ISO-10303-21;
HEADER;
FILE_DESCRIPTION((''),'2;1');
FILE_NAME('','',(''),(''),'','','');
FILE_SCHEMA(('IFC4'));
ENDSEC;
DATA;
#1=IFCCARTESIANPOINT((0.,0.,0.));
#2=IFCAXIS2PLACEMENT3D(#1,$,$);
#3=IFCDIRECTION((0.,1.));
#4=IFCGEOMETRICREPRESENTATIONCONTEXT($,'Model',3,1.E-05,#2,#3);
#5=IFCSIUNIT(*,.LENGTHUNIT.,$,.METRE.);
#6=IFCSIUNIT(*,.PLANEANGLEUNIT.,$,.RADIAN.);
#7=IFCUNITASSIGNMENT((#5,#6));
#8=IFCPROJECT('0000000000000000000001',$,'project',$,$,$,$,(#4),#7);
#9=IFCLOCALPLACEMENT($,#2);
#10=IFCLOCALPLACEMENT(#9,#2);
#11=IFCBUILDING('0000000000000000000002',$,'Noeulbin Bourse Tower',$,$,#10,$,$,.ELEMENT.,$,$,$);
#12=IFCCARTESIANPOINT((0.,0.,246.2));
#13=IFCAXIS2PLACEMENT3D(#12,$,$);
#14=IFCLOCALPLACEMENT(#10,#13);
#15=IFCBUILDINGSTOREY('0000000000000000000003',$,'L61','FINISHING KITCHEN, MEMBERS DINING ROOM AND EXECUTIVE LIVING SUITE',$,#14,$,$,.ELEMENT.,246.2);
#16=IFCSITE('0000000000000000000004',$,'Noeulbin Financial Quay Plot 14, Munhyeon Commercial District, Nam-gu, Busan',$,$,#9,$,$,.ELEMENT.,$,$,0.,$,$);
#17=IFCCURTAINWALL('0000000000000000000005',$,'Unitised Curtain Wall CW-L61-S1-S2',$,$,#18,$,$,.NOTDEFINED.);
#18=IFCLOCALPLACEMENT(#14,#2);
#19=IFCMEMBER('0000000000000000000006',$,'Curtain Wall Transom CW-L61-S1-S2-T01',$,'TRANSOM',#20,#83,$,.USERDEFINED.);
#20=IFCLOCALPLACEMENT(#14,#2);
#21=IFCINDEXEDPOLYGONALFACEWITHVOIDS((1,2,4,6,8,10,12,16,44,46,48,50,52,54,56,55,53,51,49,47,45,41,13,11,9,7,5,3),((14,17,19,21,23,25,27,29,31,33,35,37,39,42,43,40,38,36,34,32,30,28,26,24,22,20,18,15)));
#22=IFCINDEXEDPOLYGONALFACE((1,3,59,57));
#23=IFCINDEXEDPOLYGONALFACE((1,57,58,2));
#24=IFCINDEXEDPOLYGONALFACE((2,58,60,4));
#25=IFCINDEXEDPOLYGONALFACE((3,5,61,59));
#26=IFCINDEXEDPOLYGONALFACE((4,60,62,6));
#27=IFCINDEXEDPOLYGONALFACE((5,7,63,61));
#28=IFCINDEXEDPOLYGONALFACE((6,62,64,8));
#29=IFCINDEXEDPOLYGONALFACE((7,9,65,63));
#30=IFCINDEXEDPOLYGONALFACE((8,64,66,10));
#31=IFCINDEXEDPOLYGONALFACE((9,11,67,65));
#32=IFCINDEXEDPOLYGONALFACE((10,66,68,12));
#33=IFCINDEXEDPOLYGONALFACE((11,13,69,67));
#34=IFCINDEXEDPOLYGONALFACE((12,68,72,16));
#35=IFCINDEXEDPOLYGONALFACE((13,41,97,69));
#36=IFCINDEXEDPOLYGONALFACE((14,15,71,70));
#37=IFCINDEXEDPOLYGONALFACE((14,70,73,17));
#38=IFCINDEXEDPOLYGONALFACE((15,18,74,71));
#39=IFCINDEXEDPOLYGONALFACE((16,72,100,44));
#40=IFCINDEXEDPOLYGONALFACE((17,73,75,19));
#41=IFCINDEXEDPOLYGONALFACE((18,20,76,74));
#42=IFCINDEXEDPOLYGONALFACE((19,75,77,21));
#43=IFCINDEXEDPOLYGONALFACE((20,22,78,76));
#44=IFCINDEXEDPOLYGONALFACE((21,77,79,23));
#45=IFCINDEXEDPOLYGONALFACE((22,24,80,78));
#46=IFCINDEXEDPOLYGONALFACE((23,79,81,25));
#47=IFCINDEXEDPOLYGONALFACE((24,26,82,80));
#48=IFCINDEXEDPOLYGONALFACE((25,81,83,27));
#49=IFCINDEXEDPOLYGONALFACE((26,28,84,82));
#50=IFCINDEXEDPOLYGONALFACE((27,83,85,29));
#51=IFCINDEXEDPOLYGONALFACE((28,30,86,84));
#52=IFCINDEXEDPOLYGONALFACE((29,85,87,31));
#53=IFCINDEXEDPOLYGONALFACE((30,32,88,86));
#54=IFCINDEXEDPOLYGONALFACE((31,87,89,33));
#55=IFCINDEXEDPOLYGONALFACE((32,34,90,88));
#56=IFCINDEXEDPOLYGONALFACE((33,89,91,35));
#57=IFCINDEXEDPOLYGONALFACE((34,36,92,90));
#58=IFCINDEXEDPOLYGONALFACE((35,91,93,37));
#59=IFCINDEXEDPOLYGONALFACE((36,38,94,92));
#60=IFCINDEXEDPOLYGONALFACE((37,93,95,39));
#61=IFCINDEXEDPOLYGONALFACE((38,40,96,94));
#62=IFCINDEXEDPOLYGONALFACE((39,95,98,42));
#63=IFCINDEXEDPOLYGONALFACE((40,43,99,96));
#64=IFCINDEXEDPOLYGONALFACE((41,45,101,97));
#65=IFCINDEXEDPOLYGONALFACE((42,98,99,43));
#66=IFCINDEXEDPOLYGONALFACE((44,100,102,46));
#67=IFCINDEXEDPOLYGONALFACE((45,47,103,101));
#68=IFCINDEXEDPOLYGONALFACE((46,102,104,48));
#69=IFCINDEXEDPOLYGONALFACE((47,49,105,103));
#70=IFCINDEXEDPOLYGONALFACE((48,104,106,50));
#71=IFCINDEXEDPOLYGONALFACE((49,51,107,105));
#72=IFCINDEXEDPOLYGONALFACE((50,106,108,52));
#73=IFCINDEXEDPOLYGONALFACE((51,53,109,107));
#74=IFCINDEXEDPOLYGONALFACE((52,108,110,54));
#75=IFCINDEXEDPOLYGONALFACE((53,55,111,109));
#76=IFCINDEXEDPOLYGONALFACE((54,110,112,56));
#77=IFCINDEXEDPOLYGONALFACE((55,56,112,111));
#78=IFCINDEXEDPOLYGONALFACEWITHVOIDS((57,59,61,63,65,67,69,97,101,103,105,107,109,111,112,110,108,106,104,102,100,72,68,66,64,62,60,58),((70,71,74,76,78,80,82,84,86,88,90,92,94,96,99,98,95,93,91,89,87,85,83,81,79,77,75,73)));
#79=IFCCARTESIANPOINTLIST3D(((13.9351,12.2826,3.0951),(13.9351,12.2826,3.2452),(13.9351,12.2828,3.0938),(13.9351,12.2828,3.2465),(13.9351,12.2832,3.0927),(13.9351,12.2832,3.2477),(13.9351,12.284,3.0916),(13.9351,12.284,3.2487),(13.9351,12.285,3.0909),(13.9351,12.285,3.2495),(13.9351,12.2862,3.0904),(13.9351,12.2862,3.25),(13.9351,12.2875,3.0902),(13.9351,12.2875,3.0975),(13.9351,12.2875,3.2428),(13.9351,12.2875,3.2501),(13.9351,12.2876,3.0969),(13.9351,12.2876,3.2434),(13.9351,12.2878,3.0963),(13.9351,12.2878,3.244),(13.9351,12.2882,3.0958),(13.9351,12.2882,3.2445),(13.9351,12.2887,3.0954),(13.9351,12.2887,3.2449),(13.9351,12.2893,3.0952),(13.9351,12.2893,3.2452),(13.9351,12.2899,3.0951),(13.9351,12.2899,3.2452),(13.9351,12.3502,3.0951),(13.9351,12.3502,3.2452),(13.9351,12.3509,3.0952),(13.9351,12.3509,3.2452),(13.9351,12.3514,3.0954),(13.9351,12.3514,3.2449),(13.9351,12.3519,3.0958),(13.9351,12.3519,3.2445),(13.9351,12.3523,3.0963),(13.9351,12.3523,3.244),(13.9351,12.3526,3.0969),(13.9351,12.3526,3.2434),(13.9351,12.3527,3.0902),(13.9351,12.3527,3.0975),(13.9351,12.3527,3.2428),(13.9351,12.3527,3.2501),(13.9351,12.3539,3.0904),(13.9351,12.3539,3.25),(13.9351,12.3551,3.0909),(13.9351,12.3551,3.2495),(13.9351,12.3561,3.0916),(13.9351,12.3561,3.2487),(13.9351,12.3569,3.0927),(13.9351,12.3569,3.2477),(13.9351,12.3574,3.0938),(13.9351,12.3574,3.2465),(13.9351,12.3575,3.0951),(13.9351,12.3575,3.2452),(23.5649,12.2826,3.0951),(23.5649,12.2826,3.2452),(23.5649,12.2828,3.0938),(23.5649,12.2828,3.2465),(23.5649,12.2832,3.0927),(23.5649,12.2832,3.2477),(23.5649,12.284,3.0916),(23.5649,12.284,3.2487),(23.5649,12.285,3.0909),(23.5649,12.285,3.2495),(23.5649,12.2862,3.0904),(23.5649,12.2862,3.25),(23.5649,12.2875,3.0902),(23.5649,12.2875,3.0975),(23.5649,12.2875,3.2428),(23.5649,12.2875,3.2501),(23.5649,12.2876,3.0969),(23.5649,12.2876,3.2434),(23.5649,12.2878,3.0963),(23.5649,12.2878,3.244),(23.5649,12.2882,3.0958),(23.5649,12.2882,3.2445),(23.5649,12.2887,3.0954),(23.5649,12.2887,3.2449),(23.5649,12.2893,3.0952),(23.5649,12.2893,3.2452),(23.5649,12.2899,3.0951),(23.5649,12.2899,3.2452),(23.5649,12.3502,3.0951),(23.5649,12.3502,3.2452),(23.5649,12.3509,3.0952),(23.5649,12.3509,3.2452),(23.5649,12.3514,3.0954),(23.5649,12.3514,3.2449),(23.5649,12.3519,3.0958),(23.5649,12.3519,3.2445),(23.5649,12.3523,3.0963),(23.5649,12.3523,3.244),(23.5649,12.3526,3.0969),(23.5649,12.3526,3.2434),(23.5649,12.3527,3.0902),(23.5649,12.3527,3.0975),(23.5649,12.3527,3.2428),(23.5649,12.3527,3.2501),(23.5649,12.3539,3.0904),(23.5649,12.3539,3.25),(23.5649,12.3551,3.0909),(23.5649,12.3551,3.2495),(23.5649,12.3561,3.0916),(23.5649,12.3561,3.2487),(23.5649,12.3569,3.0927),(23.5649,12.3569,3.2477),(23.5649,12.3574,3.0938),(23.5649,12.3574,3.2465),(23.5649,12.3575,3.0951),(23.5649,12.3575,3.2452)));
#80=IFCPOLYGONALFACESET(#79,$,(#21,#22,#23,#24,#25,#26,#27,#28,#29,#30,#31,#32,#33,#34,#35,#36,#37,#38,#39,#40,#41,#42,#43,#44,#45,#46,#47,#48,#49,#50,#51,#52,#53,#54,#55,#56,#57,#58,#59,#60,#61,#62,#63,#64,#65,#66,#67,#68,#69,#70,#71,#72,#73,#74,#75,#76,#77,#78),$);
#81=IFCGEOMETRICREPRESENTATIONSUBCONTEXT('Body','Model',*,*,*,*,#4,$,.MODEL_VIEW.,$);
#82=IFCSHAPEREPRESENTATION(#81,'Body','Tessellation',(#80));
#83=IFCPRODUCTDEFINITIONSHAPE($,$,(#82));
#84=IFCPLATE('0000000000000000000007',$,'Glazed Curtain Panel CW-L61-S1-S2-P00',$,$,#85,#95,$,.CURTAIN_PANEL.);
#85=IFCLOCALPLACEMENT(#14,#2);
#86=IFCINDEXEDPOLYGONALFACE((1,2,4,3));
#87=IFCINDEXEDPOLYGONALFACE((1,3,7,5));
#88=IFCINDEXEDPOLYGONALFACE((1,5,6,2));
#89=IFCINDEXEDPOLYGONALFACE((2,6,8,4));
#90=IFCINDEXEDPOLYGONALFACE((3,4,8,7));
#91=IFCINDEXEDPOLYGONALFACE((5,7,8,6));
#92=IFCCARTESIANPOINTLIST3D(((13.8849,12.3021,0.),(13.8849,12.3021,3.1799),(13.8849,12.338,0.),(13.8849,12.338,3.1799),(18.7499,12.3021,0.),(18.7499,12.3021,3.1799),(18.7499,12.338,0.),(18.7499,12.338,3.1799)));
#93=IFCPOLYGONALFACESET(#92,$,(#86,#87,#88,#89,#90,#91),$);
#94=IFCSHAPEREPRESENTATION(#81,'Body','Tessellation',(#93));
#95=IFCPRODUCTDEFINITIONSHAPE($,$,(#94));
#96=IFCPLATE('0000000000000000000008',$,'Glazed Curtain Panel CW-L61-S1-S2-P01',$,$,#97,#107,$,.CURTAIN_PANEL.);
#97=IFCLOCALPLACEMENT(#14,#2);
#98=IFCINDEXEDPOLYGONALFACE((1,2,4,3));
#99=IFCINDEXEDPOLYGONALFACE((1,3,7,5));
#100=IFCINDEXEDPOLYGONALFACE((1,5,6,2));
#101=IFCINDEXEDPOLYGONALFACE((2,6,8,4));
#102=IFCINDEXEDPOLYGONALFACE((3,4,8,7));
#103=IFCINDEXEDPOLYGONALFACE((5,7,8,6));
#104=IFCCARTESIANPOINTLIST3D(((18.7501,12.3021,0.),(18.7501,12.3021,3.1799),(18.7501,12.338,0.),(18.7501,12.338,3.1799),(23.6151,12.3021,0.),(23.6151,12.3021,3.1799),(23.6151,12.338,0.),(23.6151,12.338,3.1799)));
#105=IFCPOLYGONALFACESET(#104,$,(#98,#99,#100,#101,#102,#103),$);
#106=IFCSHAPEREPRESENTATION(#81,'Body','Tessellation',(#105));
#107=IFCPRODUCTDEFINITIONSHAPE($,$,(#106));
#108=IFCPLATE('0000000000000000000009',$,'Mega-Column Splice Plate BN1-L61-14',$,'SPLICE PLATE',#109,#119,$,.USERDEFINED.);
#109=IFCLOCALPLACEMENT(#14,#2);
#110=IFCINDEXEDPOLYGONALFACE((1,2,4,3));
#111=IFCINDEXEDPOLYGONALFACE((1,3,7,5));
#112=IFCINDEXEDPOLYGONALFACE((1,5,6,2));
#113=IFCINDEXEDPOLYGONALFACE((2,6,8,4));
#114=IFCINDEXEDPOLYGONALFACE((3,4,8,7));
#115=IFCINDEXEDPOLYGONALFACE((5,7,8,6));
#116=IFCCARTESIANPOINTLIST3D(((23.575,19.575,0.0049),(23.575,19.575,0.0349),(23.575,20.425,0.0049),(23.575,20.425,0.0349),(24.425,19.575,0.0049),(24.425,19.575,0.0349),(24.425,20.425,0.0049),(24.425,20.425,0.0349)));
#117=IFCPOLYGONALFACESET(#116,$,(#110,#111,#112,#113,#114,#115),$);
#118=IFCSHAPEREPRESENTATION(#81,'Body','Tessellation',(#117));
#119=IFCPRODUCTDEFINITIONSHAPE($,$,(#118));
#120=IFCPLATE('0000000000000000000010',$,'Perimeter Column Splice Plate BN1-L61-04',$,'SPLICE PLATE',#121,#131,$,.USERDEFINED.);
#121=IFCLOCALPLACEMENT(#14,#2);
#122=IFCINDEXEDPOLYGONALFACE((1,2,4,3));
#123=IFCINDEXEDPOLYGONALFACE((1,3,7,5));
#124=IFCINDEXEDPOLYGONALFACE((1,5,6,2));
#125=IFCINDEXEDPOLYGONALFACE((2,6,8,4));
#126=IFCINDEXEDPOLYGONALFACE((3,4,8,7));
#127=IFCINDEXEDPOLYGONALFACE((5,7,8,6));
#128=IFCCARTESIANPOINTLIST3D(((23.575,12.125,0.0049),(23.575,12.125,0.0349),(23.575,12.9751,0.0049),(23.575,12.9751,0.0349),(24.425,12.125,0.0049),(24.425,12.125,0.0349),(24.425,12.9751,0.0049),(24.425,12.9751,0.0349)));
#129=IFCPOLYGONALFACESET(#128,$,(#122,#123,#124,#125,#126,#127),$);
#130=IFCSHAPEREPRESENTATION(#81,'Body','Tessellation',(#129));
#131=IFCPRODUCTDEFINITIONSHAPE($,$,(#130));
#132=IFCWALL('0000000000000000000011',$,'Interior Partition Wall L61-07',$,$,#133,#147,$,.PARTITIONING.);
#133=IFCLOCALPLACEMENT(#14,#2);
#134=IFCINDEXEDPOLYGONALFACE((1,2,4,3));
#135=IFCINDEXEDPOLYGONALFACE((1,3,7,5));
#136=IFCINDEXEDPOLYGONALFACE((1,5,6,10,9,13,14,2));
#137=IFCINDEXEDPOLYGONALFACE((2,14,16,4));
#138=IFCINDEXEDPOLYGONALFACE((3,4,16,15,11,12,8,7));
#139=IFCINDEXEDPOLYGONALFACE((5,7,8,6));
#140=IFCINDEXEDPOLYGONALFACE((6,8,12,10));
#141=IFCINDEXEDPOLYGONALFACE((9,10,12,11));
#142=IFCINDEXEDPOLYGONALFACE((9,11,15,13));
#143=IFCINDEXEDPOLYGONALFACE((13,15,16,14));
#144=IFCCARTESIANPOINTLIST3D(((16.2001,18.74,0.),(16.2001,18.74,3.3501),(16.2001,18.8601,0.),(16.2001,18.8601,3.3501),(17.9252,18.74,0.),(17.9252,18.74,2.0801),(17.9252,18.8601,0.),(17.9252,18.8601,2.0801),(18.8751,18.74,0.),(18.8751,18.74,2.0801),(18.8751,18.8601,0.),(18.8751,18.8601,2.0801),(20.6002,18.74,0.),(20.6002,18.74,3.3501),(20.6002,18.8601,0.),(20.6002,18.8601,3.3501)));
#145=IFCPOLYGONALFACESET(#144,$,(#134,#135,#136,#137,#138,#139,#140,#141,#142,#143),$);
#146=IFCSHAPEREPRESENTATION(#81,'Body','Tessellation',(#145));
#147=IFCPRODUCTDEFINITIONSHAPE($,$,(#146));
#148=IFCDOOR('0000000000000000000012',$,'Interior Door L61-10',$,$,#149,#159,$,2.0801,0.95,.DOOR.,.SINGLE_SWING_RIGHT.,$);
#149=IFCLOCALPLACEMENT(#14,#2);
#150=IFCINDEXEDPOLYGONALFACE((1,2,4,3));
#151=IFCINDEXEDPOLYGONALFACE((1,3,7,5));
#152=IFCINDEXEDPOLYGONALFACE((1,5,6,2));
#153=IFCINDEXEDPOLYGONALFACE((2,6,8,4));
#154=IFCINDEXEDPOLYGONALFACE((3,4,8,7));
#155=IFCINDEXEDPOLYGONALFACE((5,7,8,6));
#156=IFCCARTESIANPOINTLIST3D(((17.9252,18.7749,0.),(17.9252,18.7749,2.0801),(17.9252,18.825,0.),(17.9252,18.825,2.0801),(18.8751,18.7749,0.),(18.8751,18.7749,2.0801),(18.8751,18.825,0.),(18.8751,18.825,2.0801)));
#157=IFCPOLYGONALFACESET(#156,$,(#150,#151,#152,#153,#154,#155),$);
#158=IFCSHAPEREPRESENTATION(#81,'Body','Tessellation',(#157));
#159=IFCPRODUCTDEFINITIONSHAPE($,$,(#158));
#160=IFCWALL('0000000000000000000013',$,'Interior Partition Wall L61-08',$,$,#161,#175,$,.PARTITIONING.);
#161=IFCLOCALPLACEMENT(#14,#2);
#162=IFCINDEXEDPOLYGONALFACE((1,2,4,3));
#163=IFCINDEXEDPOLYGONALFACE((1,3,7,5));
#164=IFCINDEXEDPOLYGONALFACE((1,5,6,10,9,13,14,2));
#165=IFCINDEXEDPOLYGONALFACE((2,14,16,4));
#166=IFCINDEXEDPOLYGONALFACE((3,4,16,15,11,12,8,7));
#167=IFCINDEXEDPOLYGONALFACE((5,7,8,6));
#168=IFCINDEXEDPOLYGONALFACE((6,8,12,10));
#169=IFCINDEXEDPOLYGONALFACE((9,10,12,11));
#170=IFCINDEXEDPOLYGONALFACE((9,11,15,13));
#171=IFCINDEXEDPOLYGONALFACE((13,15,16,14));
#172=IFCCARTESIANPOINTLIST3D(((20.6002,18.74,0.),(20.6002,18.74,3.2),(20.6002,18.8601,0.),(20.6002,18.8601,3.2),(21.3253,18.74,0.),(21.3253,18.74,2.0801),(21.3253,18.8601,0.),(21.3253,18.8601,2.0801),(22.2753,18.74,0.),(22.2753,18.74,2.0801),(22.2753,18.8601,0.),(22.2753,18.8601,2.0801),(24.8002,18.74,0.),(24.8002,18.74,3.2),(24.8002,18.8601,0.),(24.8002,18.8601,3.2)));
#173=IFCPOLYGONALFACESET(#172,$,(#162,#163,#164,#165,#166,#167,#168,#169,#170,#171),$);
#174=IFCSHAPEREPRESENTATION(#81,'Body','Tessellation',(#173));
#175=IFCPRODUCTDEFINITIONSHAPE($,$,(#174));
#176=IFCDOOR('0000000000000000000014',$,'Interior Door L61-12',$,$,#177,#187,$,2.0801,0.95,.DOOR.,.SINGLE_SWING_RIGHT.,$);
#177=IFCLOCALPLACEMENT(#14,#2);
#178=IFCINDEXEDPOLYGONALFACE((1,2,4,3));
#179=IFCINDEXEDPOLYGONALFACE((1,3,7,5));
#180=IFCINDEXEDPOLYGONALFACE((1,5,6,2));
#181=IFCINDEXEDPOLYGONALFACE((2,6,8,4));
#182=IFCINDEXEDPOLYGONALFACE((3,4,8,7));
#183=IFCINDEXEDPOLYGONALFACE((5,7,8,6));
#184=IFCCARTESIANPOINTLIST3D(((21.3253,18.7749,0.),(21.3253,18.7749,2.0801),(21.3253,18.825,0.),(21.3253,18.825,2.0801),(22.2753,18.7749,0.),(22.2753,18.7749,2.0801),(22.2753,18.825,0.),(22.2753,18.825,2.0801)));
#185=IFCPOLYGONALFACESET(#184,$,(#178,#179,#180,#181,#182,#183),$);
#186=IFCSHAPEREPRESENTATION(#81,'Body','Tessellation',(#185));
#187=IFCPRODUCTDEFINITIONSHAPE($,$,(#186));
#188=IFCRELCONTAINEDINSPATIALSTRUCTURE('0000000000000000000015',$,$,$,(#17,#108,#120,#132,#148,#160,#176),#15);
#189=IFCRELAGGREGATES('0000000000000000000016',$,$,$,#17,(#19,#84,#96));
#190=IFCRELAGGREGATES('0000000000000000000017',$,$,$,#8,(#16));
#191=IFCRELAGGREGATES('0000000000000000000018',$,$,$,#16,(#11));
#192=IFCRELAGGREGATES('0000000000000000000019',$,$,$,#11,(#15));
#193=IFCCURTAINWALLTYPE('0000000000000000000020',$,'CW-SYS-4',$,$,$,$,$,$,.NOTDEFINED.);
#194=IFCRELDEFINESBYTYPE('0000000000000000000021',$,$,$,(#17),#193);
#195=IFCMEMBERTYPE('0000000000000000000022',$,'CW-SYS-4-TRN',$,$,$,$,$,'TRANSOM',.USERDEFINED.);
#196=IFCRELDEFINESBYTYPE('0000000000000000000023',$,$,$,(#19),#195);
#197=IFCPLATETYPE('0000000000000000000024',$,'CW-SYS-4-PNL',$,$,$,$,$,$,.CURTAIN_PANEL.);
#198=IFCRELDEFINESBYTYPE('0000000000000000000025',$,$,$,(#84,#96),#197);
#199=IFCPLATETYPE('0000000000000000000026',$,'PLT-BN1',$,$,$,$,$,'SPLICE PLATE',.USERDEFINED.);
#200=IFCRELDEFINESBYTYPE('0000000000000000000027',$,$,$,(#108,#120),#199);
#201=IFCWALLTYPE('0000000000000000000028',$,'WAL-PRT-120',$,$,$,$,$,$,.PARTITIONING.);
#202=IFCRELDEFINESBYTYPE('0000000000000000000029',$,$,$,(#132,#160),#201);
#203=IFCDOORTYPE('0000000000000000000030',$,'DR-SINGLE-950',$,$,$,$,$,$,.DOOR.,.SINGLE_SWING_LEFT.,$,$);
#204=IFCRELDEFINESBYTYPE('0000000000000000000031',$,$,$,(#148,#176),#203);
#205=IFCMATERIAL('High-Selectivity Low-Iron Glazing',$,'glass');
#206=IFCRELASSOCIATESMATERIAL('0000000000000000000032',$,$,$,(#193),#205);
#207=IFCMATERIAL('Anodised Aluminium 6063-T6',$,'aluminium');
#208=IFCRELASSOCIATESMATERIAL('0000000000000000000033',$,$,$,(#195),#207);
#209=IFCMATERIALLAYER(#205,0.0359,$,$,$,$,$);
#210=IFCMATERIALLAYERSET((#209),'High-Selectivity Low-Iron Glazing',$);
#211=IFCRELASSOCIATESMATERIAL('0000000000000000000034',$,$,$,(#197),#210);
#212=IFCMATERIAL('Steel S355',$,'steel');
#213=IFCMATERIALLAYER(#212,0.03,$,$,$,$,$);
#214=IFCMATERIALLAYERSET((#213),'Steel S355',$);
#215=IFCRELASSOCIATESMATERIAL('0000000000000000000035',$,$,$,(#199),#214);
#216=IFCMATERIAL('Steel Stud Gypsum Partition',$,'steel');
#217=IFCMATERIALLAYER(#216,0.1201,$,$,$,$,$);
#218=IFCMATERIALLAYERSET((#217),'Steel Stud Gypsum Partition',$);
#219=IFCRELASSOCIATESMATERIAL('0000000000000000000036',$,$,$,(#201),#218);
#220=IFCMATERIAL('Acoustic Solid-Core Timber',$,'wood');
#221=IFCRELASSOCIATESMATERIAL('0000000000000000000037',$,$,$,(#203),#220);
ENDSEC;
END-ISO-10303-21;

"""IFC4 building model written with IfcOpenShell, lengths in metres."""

from ifc_helpers import new_model, si_unit, direction, frame, frame_2d, origin, origin_2d, place, context, subcontext, project, spatial, rectangle, hollow_rectangle, extrude, material, layer, layer_set, material_profile, profile_set, type_object, element, fill, aggregate, save


model = new_model("IFC4")

# Units and contexts
model_context = context("Model", 3, precision=1e-05, world=origin(), true_north=direction((0.0, 1.0)))
body_context = subcontext(model_context, "Body", "Model", "MODEL_VIEW")
ifc_project = project(units=[si_unit("LENGTHUNIT", "METRE"), si_unit("PLANEANGLEUNIT", "RADIAN")], contexts=[model_context])

# Site, building, storey
site_placement = place(None, origin())
site = spatial("IfcSite", under=ifc_project, at=site_placement, Name="Noeulbin Financial Quay Plot 14, Munhyeon Commercial District, Nam-gu, Busan", CompositionType="ELEMENT", RefElevation=0.0)
building_placement = place(site_placement, origin())
building = spatial("IfcBuilding", under=site, at=building_placement, Name="Noeulbin Bourse Tower", CompositionType="ELEMENT")
storey_placement = place(building_placement, frame((0.0, 0.0, 246.2)))
storey = spatial("IfcBuildingStorey", under=building, at=storey_placement, Name="L61", Description="FINISHING KITCHEN, MEMBERS DINING ROOM AND EXECUTIVE LIVING SUITE", CompositionType="ELEMENT", Elevation=246.2)

# Shared definitions
ifc_material_1 = material(Name="Steel S355", Category="steel")

# Curtain wall
ifc_material_2 = material(Name="High-Selectivity Low-Iron Glazing", Category="glass")
curtain_wall_type = type_object("IfcCurtainWallType", Name="CW-SYS-4", PredefinedType="NOTDEFINED", material=ifc_material_2)
curtain_wall_1_placement = place(storey_placement, origin())
curtain_wall_1 = element("IfcCurtainWall", 1, at=curtain_wall_1_placement, inside=storey, type_object=curtain_wall_type, Name="Unitised Curtain Wall CW-L61-S1-S2", PredefinedType="NOTDEFINED")
ifc_material_3 = material(Name="Anodised Aluminium 6063-T6", Category="aluminium")

# Member
ifc_material_profile_1 = material_profile(ifc_material_3, hollow_rectangle(XDim=0.075, YDim=0.1599, WallThickness=0.0049, InnerFilletRadius=0.0024, OuterFilletRadius=0.0049, at=origin_2d()), Name="ALU-TRAN-75x160x5", Category="LoadBearing")
ifc_profile_set_1 = profile_set([ifc_material_profile_1], Name="Anodised Aluminium 6063-T6")
member_type_1 = type_object("IfcMemberType", Name="CW-SYS-4-TRN", ElementType="TRANSOM", PredefinedType="USERDEFINED", material=ifc_profile_set_1)
member_1_placement = place(storey_placement, frame((13.9351, 12.3201, 3.1702), z_axis=(1.0, 0.0, 0.0), x_axis=(0.0, 1.0, 0.0)))
member_1 = element("IfcMember", 2, at=member_1_placement, type_object=member_type_1, Name="Curtain Wall Transom CW-L61-S1-S2-T01", ObjectType="TRANSOM", PredefinedType="USERDEFINED", context=body_context, shape_type="SweptSolid", body=[
    extrude(hollow_rectangle(XDim=0.075, YDim=0.1599, WallThickness=0.0049, InnerFilletRadius=0.0024, OuterFilletRadius=0.0049, at=origin_2d()), origin(), (0.0, 0.0, 1.0), 9.6299),
])

# Plates
ifc_layer_1 = layer(ifc_material_2, 0.0359)
ifc_layer_set_1 = layer_set([ifc_layer_1], Name="High-Selectivity Low-Iron Glazing")
plate_type_1 = type_object("IfcPlateType", Name="CW-SYS-4-PNL", PredefinedType="CURTAIN_PANEL", material=ifc_layer_set_1)
plate_1_placement = place(storey_placement, frame((16.3174, 12.3201, 0.0), z_axis=(0.0, 0.0, 1.0), x_axis=(1.0, 0.0, 0.0)))
plate_1 = element("IfcPlate", 3, at=plate_1_placement, type_object=plate_type_1, Name="Glazed Curtain Panel CW-L61-S1-S2-P00", PredefinedType="CURTAIN_PANEL", context=body_context, shape_type="SweptSolid", body=[
    extrude(rectangle(XDim=4.865, YDim=0.0359, at=origin_2d()), origin(), (0.0, 0.0, 1.0), 3.1799),
])
plate_2_placement = place(storey_placement, frame((21.1826, 12.3201, 0.0), z_axis=(0.0, 0.0, 1.0), x_axis=(1.0, 0.0, 0.0)))
plate_2 = element("IfcPlate", 4, at=plate_2_placement, type_object=plate_type_1, Name="Glazed Curtain Panel CW-L61-S1-S2-P01", PredefinedType="CURTAIN_PANEL", context=body_context, shape_type="SweptSolid", body=[
    extrude(rectangle(XDim=4.865, YDim=0.0359, at=origin_2d()), origin(), (0.0, 0.0, 1.0), 3.1799),
])
aggregate(curtain_wall_1, [member_1, plate_1, plate_2])

# Plates
ifc_layer_2 = layer(ifc_material_1, 0.03)
ifc_layer_set_2 = layer_set([ifc_layer_2], Name="Steel S355")
plate_type_2 = type_object("IfcPlateType", Name="PLT-BN1", ElementType="SPLICE PLATE", PredefinedType="USERDEFINED", material=ifc_layer_set_2)
for number, where, z_axis, x_axis, name in (
    (5, (24.0, 20.0, 0.0049), (0.0, 0.0, 1.0), (1.0, 0.0, 0.0), "Mega-Column Splice Plate BN1-L61-14"),
    (6, (24.0, 12.55, 0.0049), (0.0, 0.0, 1.0), (1.0, 0.0, 0.0), "Perimeter Column Splice Plate BN1-L61-04"),
):
    element("IfcPlate", number, at=place(storey_placement, frame(where, z_axis=z_axis, x_axis=x_axis)), inside=storey, type_object=plate_type_2, Name=name, ObjectType="SPLICE PLATE", PredefinedType="USERDEFINED", context=body_context, shape_type="SweptSolid", body=[
        extrude(rectangle(XDim=0.8501, YDim=0.8501, at=origin_2d()), origin(), (0.0, 0.0, 1.0), 0.03),
    ])

# Walls, openings, doors
ifc_material_4 = material(Name="Steel Stud Gypsum Partition", Category="steel")
ifc_layer_3 = layer(ifc_material_4, 0.1201)
ifc_layer_set_3 = layer_set([ifc_layer_3], Name="Steel Stud Gypsum Partition")
wall_type = type_object("IfcWallType", Name="WAL-PRT-120", PredefinedType="PARTITIONING", material=ifc_layer_set_3)
wall_1_placement = place(storey_placement, frame((16.2, 18.8, 0.0), z_axis=(0.0, 0.0, 1.0), x_axis=(1.0, 0.0, 0.0)))
wall_1 = element("IfcWall", 7, at=wall_1_placement, inside=storey, type_object=wall_type, Name="Interior Partition Wall L61-07", PredefinedType="PARTITIONING", context=body_context, shape_type="SweptSolid", body=[
    extrude(rectangle(XDim=4.4001, YDim=0.1201, at=frame_2d((2.2002, 0.0))), origin(), (0.0, 0.0, 1.0), 3.3501),
])
opening_1_placement = place(wall_1_placement, frame((1.7251, 0.0, 0.0)))
opening_1 = element("IfcOpeningElement", 8, at=opening_1_placement, cuts=wall_1, PredefinedType="OPENING", context=body_context, shape_type="SweptSolid", body=[
    extrude(rectangle(XDim=0.95, YDim=2.0801, at=frame_2d((0.4751, 1.04))), frame((0.0, 0.0701, 0.0), z_axis=(0.0, -1.0, 0.0), x_axis=(1.0, 0.0, 0.0)), (0.0, 0.0, 1.0), 0.1401),
])
ifc_material_5 = material(Name="Acoustic Solid-Core Timber", Category="wood")
door_type = type_object("IfcDoorType", Name="DR-SINGLE-950", OperationType="SINGLE_SWING_LEFT", PredefinedType="DOOR", material=ifc_material_5)
door_1_placement = place(opening_1_placement, origin())
door_1 = element("IfcDoor", 9, at=door_1_placement, inside=storey, type_object=door_type, Name="Interior Door L61-10", OperationType="SINGLE_SWING_RIGHT", OverallHeight=2.0801, OverallWidth=0.95, PredefinedType="DOOR", context=body_context, shape_type="SweptSolid", body=[
    extrude(rectangle(XDim=0.95, YDim=2.0801, at=frame_2d((0.4751, 1.04))), frame((0.0, 0.0249, 0.0), z_axis=(0.0, -1.0, 0.0), x_axis=(1.0, 0.0, 0.0)), (0.0, 0.0, 1.0), 0.05),
])
fill(opening_1, door_1)
wall_2_placement = place(storey_placement, frame((20.6001, 18.8, 0.0), z_axis=(0.0, 0.0, 1.0), x_axis=(1.0, 0.0, 0.0)))
wall_2 = element("IfcWall", 10, at=wall_2_placement, inside=storey, type_object=wall_type, Name="Interior Partition Wall L61-08", PredefinedType="PARTITIONING", context=body_context, shape_type="SweptSolid", body=[
    extrude(rectangle(XDim=4.2, YDim=0.1201, at=frame_2d((2.1001, 0.0))), origin(), (0.0, 0.0, 1.0), 3.2),
])
opening_2_placement = place(wall_2_placement, frame((0.7251, 0.0, 0.0)))
opening_2 = element("IfcOpeningElement", 11, at=opening_2_placement, cuts=wall_2, PredefinedType="OPENING", context=body_context, shape_type="SweptSolid", body=[
    extrude(rectangle(XDim=0.95, YDim=2.0801, at=frame_2d((0.4751, 1.04))), frame((0.0, 0.0701, 0.0), z_axis=(0.0, -1.0, 0.0), x_axis=(1.0, 0.0, 0.0)), (0.0, 0.0, 1.0), 0.1401),
])
door_2_placement = place(opening_2_placement, origin())
door_2 = element("IfcDoor", 12, at=door_2_placement, inside=storey, type_object=door_type, Name="Interior Door L61-12", OperationType="SINGLE_SWING_RIGHT", OverallHeight=2.0801, OverallWidth=0.95, PredefinedType="DOOR", context=body_context, shape_type="SweptSolid", body=[
    extrude(rectangle(XDim=0.95, YDim=2.0801, at=frame_2d((0.4751, 1.04))), frame((0.0, 0.0249, 0.0), z_axis=(0.0, -1.0, 0.0), x_axis=(1.0, 0.0, 0.0)), (0.0, 0.0, 1.0), 0.05),
])
fill(opening_2, door_2)

save(model, "model.ifc")
